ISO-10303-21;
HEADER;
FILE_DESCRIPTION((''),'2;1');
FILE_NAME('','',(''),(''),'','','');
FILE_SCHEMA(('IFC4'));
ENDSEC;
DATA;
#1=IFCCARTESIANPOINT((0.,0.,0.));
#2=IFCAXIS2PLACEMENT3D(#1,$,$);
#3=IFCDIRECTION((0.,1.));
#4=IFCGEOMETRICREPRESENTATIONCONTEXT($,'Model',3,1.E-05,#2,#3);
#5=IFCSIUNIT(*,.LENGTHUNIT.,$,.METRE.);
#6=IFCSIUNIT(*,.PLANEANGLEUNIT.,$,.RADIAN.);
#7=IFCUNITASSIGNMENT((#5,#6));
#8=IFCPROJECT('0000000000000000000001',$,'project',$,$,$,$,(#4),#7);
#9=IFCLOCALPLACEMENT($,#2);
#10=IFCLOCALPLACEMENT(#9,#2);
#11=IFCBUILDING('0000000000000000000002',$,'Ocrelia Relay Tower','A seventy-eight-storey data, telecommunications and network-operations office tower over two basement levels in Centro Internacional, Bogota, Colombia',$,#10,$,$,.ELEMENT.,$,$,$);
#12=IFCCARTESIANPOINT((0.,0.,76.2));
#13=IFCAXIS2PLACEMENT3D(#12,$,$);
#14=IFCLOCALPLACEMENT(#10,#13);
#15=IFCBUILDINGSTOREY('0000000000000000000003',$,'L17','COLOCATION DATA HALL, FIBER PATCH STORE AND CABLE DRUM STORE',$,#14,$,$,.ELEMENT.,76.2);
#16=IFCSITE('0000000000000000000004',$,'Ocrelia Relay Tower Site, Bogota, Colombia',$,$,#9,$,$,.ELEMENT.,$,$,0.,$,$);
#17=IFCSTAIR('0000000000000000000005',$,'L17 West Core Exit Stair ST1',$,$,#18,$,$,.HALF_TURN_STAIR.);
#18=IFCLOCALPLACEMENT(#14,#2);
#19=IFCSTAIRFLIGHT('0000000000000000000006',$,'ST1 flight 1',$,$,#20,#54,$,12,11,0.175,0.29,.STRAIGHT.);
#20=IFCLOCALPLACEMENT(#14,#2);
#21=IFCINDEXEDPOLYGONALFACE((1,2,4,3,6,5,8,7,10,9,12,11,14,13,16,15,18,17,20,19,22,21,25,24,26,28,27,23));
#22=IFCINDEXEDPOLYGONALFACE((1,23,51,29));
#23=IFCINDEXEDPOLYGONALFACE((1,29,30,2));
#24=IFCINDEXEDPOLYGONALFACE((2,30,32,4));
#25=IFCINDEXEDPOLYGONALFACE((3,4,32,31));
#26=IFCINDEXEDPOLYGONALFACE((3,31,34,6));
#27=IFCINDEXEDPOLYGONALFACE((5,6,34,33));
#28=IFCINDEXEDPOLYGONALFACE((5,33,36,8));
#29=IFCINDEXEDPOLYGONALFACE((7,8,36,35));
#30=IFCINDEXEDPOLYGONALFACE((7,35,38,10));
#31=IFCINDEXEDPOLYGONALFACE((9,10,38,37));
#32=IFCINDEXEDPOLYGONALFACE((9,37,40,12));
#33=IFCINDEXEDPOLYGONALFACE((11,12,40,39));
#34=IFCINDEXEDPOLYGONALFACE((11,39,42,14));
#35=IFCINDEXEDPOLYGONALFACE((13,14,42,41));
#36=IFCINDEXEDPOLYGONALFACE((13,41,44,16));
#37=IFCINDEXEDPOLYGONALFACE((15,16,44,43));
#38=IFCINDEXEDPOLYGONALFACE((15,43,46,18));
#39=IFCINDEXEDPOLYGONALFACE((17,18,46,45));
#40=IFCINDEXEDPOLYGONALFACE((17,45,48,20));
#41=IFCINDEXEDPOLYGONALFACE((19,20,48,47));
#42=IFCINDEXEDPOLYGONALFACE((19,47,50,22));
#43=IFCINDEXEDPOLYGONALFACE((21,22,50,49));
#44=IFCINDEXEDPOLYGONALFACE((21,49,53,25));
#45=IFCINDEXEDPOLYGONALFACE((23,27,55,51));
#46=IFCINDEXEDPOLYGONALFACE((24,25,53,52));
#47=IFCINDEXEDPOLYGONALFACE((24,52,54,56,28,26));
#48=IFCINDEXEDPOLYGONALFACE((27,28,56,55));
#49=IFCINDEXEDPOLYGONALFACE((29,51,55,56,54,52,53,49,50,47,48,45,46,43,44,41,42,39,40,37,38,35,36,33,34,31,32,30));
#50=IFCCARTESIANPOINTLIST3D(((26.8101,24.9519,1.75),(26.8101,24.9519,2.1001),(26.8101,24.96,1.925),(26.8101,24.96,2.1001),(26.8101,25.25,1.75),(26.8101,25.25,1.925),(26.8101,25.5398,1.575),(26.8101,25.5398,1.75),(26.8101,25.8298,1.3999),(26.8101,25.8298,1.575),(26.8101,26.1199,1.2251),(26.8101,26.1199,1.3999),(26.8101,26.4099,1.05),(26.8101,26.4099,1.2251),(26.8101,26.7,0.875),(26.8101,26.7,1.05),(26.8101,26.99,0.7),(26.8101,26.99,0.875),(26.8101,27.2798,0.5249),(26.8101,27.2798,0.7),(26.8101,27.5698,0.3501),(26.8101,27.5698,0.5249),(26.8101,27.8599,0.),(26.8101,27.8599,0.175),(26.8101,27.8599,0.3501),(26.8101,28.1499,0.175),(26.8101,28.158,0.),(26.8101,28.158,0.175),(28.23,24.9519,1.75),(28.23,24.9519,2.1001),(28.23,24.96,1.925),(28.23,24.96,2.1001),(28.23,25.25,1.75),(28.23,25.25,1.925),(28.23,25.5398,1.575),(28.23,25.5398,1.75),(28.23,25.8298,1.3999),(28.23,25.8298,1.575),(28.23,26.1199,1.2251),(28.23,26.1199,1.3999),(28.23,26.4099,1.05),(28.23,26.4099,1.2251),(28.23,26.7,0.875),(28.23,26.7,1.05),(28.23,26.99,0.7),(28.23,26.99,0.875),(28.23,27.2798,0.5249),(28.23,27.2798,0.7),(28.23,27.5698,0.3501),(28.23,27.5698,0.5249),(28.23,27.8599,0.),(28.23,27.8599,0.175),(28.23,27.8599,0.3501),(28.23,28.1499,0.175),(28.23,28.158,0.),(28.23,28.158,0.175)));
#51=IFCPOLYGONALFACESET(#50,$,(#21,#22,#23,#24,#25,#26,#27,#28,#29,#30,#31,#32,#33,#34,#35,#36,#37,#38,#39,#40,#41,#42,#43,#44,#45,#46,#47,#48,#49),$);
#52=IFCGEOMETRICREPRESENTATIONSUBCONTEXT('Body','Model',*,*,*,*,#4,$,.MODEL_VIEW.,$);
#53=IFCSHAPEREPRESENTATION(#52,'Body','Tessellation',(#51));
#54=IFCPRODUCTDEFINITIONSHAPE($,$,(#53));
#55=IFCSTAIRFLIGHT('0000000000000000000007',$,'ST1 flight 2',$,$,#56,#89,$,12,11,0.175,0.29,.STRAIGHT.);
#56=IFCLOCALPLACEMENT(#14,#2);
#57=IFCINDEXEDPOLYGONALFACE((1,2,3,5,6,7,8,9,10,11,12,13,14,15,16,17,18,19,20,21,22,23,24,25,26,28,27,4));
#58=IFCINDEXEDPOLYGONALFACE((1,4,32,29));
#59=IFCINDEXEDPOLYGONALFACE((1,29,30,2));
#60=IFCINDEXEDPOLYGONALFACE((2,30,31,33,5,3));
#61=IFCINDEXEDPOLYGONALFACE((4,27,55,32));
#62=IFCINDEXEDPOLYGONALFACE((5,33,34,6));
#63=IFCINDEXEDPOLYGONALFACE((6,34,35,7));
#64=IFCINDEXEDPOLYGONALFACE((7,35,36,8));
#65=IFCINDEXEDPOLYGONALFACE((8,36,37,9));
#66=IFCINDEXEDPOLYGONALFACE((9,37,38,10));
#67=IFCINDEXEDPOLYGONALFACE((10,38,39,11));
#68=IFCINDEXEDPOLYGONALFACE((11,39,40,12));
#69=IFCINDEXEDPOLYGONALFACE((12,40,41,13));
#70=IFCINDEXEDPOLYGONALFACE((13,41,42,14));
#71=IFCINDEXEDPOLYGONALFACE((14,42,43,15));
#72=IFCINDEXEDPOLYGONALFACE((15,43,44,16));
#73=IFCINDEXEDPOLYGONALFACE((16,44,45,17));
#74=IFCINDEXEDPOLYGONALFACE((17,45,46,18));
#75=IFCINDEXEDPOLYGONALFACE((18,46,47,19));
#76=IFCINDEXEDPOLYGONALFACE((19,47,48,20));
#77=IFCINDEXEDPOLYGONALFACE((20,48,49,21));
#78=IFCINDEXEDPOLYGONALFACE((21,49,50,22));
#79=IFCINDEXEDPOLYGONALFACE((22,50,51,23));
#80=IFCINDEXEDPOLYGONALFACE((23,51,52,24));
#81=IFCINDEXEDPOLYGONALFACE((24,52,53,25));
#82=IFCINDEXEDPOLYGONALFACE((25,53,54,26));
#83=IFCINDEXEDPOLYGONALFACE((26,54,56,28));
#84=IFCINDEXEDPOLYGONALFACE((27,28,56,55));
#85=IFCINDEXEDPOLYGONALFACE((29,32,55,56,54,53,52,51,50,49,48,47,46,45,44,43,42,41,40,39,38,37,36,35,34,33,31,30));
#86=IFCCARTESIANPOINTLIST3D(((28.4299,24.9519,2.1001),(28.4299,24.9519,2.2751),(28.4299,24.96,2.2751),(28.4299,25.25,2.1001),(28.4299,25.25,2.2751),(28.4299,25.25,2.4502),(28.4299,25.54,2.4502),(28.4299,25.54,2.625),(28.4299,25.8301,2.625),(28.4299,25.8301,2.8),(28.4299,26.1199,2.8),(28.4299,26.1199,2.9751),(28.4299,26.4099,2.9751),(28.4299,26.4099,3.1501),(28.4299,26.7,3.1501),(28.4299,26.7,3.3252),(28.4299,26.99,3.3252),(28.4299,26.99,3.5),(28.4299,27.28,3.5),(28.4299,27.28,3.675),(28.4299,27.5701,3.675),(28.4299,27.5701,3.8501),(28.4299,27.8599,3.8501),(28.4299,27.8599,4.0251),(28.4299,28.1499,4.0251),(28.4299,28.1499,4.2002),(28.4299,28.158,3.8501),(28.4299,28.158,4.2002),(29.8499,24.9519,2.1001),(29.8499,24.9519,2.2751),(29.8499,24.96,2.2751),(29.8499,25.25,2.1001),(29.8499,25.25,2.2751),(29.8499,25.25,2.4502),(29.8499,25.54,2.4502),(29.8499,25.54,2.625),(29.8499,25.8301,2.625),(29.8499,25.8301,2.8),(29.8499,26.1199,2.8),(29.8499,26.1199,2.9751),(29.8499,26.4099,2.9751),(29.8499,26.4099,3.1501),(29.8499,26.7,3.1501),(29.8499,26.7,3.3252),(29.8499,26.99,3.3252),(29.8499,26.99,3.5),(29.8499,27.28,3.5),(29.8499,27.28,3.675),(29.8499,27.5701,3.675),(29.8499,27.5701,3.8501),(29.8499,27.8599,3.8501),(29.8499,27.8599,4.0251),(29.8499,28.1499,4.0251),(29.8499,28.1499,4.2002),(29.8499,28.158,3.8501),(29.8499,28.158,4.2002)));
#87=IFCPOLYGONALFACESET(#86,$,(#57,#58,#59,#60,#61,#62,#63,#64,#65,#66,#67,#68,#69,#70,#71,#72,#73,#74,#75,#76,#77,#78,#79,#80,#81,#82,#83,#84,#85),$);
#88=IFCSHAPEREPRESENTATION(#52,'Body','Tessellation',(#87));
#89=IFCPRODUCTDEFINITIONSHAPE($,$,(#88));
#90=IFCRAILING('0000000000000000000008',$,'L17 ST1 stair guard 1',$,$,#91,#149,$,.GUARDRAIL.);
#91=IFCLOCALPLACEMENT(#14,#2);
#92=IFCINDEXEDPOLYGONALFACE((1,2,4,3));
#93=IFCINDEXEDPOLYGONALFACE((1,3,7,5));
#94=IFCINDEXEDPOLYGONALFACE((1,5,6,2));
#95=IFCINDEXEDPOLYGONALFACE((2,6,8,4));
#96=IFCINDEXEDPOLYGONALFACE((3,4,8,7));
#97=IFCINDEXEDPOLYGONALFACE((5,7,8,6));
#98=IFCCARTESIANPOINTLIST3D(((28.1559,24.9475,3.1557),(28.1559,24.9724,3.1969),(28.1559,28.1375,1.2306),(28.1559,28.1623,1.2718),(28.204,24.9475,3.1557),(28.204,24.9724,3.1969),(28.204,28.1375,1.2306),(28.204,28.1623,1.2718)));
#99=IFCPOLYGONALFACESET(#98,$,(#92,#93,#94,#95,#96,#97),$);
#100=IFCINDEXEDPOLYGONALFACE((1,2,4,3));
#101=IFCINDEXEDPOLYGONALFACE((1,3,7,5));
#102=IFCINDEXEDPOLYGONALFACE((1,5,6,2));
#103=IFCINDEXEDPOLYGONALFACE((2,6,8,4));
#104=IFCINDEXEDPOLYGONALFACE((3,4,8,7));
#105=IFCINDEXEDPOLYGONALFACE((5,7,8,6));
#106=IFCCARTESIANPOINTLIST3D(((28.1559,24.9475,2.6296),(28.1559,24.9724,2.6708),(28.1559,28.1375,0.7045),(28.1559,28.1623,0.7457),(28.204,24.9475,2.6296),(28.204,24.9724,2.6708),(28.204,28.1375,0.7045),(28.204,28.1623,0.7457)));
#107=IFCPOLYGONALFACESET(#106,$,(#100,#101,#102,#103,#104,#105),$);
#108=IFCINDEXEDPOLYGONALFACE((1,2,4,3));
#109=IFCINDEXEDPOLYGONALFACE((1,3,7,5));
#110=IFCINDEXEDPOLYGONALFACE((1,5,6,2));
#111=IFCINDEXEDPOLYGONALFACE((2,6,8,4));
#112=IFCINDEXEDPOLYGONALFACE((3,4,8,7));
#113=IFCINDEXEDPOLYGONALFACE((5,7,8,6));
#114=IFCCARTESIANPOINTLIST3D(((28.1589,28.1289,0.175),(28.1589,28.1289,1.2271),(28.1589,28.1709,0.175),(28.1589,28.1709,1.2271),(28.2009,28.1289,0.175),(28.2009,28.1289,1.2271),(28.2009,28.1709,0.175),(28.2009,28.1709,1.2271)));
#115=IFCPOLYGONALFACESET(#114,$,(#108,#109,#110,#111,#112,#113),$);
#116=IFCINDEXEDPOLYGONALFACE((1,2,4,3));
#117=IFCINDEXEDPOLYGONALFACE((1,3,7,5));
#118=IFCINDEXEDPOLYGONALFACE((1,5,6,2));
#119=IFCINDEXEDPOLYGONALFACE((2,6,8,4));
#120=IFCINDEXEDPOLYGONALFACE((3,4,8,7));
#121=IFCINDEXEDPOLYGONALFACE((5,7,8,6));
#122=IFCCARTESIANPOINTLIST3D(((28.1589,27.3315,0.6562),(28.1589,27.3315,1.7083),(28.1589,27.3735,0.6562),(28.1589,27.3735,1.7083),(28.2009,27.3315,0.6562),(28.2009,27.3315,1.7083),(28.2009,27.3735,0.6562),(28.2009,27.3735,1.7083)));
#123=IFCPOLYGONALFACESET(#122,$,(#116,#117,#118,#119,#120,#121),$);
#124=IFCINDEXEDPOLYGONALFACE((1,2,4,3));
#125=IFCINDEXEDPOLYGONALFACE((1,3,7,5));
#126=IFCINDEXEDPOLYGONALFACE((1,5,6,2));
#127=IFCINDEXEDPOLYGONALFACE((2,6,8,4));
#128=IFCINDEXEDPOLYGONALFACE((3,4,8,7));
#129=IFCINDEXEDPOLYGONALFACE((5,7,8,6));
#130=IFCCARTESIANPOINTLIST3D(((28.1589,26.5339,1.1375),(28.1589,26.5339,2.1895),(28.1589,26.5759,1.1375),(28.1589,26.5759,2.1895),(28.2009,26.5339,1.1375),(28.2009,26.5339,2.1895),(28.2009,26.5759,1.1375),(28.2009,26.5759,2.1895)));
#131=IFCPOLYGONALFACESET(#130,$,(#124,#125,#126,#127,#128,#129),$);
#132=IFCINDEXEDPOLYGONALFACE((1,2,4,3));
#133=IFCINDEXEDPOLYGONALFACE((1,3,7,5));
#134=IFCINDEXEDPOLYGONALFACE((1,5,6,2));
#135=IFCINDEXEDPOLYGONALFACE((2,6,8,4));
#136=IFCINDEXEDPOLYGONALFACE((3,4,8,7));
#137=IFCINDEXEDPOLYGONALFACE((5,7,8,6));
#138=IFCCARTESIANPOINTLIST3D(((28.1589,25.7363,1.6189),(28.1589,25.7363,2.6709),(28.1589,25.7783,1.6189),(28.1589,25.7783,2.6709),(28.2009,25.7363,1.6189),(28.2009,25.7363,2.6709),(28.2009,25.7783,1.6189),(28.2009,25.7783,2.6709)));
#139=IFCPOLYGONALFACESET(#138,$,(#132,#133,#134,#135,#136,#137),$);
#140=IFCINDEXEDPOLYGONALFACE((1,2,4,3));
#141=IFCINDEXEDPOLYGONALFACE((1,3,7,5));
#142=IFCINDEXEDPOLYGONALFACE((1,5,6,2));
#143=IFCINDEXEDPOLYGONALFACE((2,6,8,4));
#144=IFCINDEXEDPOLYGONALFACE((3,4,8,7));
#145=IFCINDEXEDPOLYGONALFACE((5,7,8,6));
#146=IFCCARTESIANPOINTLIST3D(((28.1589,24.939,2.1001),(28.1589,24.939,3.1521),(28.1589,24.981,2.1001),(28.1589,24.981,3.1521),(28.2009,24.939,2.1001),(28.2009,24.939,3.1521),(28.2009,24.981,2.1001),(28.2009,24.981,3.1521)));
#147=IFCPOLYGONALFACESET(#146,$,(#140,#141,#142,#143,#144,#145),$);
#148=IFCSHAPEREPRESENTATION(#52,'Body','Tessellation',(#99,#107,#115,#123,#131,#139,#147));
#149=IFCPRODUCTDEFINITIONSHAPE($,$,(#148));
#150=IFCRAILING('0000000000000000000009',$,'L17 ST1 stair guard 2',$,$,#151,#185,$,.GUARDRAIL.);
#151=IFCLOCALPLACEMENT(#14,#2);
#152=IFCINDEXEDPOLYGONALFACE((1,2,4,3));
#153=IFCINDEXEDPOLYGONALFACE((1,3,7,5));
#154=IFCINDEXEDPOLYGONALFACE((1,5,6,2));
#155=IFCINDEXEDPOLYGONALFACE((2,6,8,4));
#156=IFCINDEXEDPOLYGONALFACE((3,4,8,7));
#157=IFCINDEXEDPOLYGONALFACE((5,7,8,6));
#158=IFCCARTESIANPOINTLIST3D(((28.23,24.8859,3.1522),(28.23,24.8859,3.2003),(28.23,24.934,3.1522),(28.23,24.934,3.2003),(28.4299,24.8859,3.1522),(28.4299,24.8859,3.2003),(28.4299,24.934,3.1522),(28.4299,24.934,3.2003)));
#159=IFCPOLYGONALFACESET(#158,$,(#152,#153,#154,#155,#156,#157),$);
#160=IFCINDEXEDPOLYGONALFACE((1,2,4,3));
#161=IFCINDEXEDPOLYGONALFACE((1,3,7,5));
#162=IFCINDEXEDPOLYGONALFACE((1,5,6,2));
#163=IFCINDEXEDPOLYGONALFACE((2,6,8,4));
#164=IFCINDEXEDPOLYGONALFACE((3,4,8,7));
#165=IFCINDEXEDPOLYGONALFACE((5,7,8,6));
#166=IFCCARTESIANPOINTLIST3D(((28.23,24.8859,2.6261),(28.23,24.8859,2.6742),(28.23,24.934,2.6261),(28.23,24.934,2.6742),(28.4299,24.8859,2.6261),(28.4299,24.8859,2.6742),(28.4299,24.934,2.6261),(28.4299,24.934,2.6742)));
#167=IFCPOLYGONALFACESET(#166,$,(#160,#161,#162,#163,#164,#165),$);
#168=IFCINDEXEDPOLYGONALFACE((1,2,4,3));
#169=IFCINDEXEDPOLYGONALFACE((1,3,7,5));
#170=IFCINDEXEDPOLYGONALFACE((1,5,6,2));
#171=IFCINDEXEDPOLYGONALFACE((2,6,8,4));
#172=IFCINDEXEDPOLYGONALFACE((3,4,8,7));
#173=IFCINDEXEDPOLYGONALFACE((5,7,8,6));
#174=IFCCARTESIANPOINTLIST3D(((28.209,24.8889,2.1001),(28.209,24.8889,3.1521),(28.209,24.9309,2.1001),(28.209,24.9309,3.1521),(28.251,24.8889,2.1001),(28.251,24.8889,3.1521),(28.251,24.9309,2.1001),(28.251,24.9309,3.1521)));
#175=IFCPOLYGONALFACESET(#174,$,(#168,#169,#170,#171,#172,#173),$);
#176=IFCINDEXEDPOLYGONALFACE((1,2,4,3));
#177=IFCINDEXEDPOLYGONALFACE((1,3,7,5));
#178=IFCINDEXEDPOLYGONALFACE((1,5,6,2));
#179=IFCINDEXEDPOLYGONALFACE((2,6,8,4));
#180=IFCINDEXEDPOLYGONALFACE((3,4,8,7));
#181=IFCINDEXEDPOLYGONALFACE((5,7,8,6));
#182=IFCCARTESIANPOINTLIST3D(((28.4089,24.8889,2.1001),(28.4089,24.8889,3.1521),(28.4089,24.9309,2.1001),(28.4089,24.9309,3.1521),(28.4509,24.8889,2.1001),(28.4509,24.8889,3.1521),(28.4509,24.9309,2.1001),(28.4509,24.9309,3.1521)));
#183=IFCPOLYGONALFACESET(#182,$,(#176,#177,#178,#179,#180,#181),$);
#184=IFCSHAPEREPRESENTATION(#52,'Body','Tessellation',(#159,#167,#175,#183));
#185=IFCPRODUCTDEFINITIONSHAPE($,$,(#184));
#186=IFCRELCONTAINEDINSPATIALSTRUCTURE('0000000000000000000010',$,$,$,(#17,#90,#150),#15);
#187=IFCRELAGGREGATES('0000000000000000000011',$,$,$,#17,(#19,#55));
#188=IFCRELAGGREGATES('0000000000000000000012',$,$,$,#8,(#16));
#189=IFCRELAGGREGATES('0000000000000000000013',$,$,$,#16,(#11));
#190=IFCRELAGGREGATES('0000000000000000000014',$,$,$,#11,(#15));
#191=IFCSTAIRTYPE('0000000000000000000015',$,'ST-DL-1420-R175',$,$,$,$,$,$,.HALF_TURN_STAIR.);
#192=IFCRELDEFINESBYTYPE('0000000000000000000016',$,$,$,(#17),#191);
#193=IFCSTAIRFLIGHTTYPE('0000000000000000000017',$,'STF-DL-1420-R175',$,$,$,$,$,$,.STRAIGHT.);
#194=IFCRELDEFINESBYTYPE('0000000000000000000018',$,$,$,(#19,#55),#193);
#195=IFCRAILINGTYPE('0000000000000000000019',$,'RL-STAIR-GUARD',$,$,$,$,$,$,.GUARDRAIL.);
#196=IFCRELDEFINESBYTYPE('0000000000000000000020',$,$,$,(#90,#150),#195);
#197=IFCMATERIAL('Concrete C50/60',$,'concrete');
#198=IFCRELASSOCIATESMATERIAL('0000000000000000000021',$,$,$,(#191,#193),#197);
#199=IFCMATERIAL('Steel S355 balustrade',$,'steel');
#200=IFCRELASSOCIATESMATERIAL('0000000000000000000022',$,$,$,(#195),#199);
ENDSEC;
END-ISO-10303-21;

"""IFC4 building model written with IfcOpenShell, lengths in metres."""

from ifc_helpers import new_model, si_unit, direction, frame, origin, origin_2d, place, context, subcontext, project, spatial, polyline, rectangle, outline, extrude, material, type_object, element, aggregate, save


model = new_model("IFC4")

# Units and contexts
model_context = context("Model", 3, precision=1e-05, world=origin(), true_north=direction((0.0, 1.0)))
body_context = subcontext(model_context, "Body", "Model", "MODEL_VIEW")
ifc_project = project(units=[si_unit("LENGTHUNIT", "METRE"), si_unit("PLANEANGLEUNIT", "RADIAN")], contexts=[model_context])

# Site, building, storey
site_placement = place(None, origin())
site = spatial("IfcSite", under=ifc_project, at=site_placement, Name="Ocrelia Relay Tower Site, Bogota, Colombia", CompositionType="ELEMENT", RefElevation=0.0)
building_placement = place(site_placement, origin())
building = spatial("IfcBuilding", under=site, at=building_placement, Name="Ocrelia Relay Tower", Description="A seventy-eight-storey data, telecommunications and network-operations office tower over two basement levels in Centro Internacional, Bogota, Colombia", CompositionType="ELEMENT")
storey_placement = place(building_placement, frame((0.0, 0.0, 76.2)))
storey = spatial("IfcBuildingStorey", under=building, at=storey_placement, Name="L17", Description="COLOCATION DATA HALL, FIBER PATCH STORE AND CABLE DRUM STORE", CompositionType="ELEMENT", Elevation=76.2)

# Shared definitions
ifc_material_1 = material(Name="Concrete C50/60", Category="concrete")

# Stair, stair flights
stair_type = type_object("IfcStairType", Name="ST-DL-1420-R175", PredefinedType="HALF_TURN_STAIR", material=ifc_material_1)
stair_placement = place(storey_placement, origin())
stair = element("IfcStair", 1, at=stair_placement, inside=storey, type_object=stair_type, Name="L17 West Core Exit Stair ST1", PredefinedType="HALF_TURN_STAIR")
stair_flight_type = type_object("IfcStairFlightType", Name="STF-DL-1420-R175", PredefinedType="STRAIGHT", material=ifc_material_1)
stair_flight_1_placement = place(storey_placement, frame((27.52, 28.1499, 0.0), z_axis=(0.0, 0.0, 1.0), x_axis=(0.0, -1.0, 0.0)))
stair_flight_1 = element("IfcStairFlight", 2, at=stair_flight_1_placement, type_object=stair_flight_type, Name="ST1 flight 1", NumberOfRisers=12, NumberOfTreads=11, PredefinedType="STRAIGHT", RiserHeight=0.175, TreadLength=0.29, context=body_context, shape_type="SweptSolid", body=[
    extrude(outline(polyline([(-0.0081, 0.0), (-0.0081, 0.175), (0.0, 0.175), (0.29, 0.175), (0.29, 0.3501), (0.5801, 0.3501), (0.5801, 0.5249), (0.8701, 0.5249), (0.8701, 0.7), (1.1599, 0.7), (1.1599, 0.875), (1.45, 0.875), (1.45, 1.05), (1.74, 1.05), (1.74, 1.2251), (2.03, 1.2251), (2.03, 1.3999), (2.3201, 1.3999), (2.3201, 1.575), (2.6101, 1.575), (2.6101, 1.75), (2.8999, 1.75), (2.8999, 1.925), (3.1899, 1.925), (3.1899, 2.1001), (3.198, 2.1001), (3.198, 1.75), (0.29, 0.0), (-0.0081, 0.0)])), frame((0.0, 0.71, 0.0), z_axis=(0.0, -1.0, 0.0), x_axis=(1.0, 0.0, 0.0)), (0.0, 0.0, 1.0), 1.4199),
])
stair_flight_2_placement = place(storey_placement, frame((29.1399, 24.96, 2.1001), z_axis=(0.0, 0.0, 1.0), x_axis=(0.0, 1.0, 0.0)))
stair_flight_2 = element("IfcStairFlight", 3, at=stair_flight_2_placement, type_object=stair_flight_type, Name="ST1 flight 2", NumberOfRisers=12, NumberOfTreads=11, PredefinedType="STRAIGHT", RiserHeight=0.175, TreadLength=0.29, context=body_context, shape_type="SweptSolid", body=[
    extrude(outline(polyline([(-0.0081, 0.0), (-0.0081, 0.175), (0.0, 0.175), (0.29, 0.175), (0.29, 0.3501), (0.5801, 0.3501), (0.5801, 0.5249), (0.8701, 0.5249), (0.8701, 0.7), (1.1599, 0.7), (1.1599, 0.875), (1.45, 0.875), (1.45, 1.05), (1.74, 1.05), (1.74, 1.2251), (2.03, 1.2251), (2.03, 1.3999), (2.3201, 1.3999), (2.3201, 1.575), (2.6101, 1.575), (2.6101, 1.75), (2.8999, 1.75), (2.8999, 1.925), (3.1899, 1.925), (3.1899, 2.1001), (3.198, 2.1001), (3.198, 1.75), (0.29, 0.0), (-0.0081, 0.0)])), frame((0.0, 0.71, 0.0), z_axis=(0.0, -1.0, 0.0), x_axis=(1.0, 0.0, 0.0)), (0.0, 0.0, 1.0), 1.4199),
])
aggregate(stair, [stair_flight_1, stair_flight_2])

# Railings
ifc_material_2 = material(Name="Steel S355 balustrade", Category="steel")
railing_type_1 = type_object("IfcRailingType", Name="RL-STAIR-GUARD", PredefinedType="GUARDRAIL", material=ifc_material_2)
railing_1_placement = place(storey_placement, frame((28.1799, 28.1499, 0.175)))
element("IfcRailing", 4, at=railing_1_placement, inside=storey, type_object=railing_type_1, Name="L17 ST1 stair guard 1", PredefinedType="GUARDRAIL", context=body_context, shape_type="SweptSolid", body=[
    extrude(rectangle(XDim=0.0481, YDim=0.0481, at=origin_2d()), frame((0.0, 0.0, 1.0762), z_axis=(0.0, -0.856178, 0.516682), x_axis=(1.0, 0.0, 0.0)), (0.0, 0.0, 1.0), 3.7258),
    extrude(rectangle(XDim=0.0481, YDim=0.0481, at=origin_2d()), frame((0.0, 0.0, 0.55), z_axis=(0.0, -0.856178, 0.516682), x_axis=(1.0, 0.0, 0.0)), (0.0, 0.0, 1.0), 3.7258),
    extrude(rectangle(XDim=0.042, YDim=0.042, at=origin_2d()), origin(), (0.0, 0.0, 1.0), 1.052),
    extrude(rectangle(XDim=0.042, YDim=0.042, at=origin_2d()), frame((0.0, -0.7974, 0.4812)), (0.0, 0.0, 1.0), 1.052),
    extrude(rectangle(XDim=0.042, YDim=0.042, at=origin_2d()), frame((0.0, -1.595, 0.9624)), (0.0, 0.0, 1.0), 1.052),
    extrude(rectangle(XDim=0.042, YDim=0.042, at=origin_2d()), frame((0.0, -2.3926, 1.4438)), (0.0, 0.0, 1.0), 1.052),
    extrude(rectangle(XDim=0.042, YDim=0.042, at=origin_2d()), frame((0.0, -3.1899, 1.925)), (0.0, 0.0, 1.0), 1.052),
])
railing_2_placement = place(storey_placement, frame((28.23, 24.9099, 2.1001)))
element("IfcRailing", 5, at=railing_2_placement, inside=storey, type_object=railing_type_1, Name="L17 ST1 stair guard 2", PredefinedType="GUARDRAIL", context=body_context, shape_type="SweptSolid", body=[
    extrude(rectangle(XDim=0.0481, YDim=0.0481, at=origin_2d()), frame((0.0, 0.0, 1.0762), z_axis=(1.0, 0.0, 0.0), x_axis=(0.0, 1.0, 0.0)), (0.0, 0.0, 1.0), 0.2),
    extrude(rectangle(XDim=0.0481, YDim=0.0481, at=origin_2d()), frame((0.0, 0.0, 0.55), z_axis=(1.0, 0.0, 0.0), x_axis=(0.0, 1.0, 0.0)), (0.0, 0.0, 1.0), 0.2),
    extrude(rectangle(XDim=0.042, YDim=0.042, at=origin_2d()), origin(), (0.0, 0.0, 1.0), 1.052),
    extrude(rectangle(XDim=0.042, YDim=0.042, at=origin_2d()), frame((0.2, 0.0, 0.0)), (0.0, 0.0, 1.0), 1.052),
])

save(model, "model.ifc")
